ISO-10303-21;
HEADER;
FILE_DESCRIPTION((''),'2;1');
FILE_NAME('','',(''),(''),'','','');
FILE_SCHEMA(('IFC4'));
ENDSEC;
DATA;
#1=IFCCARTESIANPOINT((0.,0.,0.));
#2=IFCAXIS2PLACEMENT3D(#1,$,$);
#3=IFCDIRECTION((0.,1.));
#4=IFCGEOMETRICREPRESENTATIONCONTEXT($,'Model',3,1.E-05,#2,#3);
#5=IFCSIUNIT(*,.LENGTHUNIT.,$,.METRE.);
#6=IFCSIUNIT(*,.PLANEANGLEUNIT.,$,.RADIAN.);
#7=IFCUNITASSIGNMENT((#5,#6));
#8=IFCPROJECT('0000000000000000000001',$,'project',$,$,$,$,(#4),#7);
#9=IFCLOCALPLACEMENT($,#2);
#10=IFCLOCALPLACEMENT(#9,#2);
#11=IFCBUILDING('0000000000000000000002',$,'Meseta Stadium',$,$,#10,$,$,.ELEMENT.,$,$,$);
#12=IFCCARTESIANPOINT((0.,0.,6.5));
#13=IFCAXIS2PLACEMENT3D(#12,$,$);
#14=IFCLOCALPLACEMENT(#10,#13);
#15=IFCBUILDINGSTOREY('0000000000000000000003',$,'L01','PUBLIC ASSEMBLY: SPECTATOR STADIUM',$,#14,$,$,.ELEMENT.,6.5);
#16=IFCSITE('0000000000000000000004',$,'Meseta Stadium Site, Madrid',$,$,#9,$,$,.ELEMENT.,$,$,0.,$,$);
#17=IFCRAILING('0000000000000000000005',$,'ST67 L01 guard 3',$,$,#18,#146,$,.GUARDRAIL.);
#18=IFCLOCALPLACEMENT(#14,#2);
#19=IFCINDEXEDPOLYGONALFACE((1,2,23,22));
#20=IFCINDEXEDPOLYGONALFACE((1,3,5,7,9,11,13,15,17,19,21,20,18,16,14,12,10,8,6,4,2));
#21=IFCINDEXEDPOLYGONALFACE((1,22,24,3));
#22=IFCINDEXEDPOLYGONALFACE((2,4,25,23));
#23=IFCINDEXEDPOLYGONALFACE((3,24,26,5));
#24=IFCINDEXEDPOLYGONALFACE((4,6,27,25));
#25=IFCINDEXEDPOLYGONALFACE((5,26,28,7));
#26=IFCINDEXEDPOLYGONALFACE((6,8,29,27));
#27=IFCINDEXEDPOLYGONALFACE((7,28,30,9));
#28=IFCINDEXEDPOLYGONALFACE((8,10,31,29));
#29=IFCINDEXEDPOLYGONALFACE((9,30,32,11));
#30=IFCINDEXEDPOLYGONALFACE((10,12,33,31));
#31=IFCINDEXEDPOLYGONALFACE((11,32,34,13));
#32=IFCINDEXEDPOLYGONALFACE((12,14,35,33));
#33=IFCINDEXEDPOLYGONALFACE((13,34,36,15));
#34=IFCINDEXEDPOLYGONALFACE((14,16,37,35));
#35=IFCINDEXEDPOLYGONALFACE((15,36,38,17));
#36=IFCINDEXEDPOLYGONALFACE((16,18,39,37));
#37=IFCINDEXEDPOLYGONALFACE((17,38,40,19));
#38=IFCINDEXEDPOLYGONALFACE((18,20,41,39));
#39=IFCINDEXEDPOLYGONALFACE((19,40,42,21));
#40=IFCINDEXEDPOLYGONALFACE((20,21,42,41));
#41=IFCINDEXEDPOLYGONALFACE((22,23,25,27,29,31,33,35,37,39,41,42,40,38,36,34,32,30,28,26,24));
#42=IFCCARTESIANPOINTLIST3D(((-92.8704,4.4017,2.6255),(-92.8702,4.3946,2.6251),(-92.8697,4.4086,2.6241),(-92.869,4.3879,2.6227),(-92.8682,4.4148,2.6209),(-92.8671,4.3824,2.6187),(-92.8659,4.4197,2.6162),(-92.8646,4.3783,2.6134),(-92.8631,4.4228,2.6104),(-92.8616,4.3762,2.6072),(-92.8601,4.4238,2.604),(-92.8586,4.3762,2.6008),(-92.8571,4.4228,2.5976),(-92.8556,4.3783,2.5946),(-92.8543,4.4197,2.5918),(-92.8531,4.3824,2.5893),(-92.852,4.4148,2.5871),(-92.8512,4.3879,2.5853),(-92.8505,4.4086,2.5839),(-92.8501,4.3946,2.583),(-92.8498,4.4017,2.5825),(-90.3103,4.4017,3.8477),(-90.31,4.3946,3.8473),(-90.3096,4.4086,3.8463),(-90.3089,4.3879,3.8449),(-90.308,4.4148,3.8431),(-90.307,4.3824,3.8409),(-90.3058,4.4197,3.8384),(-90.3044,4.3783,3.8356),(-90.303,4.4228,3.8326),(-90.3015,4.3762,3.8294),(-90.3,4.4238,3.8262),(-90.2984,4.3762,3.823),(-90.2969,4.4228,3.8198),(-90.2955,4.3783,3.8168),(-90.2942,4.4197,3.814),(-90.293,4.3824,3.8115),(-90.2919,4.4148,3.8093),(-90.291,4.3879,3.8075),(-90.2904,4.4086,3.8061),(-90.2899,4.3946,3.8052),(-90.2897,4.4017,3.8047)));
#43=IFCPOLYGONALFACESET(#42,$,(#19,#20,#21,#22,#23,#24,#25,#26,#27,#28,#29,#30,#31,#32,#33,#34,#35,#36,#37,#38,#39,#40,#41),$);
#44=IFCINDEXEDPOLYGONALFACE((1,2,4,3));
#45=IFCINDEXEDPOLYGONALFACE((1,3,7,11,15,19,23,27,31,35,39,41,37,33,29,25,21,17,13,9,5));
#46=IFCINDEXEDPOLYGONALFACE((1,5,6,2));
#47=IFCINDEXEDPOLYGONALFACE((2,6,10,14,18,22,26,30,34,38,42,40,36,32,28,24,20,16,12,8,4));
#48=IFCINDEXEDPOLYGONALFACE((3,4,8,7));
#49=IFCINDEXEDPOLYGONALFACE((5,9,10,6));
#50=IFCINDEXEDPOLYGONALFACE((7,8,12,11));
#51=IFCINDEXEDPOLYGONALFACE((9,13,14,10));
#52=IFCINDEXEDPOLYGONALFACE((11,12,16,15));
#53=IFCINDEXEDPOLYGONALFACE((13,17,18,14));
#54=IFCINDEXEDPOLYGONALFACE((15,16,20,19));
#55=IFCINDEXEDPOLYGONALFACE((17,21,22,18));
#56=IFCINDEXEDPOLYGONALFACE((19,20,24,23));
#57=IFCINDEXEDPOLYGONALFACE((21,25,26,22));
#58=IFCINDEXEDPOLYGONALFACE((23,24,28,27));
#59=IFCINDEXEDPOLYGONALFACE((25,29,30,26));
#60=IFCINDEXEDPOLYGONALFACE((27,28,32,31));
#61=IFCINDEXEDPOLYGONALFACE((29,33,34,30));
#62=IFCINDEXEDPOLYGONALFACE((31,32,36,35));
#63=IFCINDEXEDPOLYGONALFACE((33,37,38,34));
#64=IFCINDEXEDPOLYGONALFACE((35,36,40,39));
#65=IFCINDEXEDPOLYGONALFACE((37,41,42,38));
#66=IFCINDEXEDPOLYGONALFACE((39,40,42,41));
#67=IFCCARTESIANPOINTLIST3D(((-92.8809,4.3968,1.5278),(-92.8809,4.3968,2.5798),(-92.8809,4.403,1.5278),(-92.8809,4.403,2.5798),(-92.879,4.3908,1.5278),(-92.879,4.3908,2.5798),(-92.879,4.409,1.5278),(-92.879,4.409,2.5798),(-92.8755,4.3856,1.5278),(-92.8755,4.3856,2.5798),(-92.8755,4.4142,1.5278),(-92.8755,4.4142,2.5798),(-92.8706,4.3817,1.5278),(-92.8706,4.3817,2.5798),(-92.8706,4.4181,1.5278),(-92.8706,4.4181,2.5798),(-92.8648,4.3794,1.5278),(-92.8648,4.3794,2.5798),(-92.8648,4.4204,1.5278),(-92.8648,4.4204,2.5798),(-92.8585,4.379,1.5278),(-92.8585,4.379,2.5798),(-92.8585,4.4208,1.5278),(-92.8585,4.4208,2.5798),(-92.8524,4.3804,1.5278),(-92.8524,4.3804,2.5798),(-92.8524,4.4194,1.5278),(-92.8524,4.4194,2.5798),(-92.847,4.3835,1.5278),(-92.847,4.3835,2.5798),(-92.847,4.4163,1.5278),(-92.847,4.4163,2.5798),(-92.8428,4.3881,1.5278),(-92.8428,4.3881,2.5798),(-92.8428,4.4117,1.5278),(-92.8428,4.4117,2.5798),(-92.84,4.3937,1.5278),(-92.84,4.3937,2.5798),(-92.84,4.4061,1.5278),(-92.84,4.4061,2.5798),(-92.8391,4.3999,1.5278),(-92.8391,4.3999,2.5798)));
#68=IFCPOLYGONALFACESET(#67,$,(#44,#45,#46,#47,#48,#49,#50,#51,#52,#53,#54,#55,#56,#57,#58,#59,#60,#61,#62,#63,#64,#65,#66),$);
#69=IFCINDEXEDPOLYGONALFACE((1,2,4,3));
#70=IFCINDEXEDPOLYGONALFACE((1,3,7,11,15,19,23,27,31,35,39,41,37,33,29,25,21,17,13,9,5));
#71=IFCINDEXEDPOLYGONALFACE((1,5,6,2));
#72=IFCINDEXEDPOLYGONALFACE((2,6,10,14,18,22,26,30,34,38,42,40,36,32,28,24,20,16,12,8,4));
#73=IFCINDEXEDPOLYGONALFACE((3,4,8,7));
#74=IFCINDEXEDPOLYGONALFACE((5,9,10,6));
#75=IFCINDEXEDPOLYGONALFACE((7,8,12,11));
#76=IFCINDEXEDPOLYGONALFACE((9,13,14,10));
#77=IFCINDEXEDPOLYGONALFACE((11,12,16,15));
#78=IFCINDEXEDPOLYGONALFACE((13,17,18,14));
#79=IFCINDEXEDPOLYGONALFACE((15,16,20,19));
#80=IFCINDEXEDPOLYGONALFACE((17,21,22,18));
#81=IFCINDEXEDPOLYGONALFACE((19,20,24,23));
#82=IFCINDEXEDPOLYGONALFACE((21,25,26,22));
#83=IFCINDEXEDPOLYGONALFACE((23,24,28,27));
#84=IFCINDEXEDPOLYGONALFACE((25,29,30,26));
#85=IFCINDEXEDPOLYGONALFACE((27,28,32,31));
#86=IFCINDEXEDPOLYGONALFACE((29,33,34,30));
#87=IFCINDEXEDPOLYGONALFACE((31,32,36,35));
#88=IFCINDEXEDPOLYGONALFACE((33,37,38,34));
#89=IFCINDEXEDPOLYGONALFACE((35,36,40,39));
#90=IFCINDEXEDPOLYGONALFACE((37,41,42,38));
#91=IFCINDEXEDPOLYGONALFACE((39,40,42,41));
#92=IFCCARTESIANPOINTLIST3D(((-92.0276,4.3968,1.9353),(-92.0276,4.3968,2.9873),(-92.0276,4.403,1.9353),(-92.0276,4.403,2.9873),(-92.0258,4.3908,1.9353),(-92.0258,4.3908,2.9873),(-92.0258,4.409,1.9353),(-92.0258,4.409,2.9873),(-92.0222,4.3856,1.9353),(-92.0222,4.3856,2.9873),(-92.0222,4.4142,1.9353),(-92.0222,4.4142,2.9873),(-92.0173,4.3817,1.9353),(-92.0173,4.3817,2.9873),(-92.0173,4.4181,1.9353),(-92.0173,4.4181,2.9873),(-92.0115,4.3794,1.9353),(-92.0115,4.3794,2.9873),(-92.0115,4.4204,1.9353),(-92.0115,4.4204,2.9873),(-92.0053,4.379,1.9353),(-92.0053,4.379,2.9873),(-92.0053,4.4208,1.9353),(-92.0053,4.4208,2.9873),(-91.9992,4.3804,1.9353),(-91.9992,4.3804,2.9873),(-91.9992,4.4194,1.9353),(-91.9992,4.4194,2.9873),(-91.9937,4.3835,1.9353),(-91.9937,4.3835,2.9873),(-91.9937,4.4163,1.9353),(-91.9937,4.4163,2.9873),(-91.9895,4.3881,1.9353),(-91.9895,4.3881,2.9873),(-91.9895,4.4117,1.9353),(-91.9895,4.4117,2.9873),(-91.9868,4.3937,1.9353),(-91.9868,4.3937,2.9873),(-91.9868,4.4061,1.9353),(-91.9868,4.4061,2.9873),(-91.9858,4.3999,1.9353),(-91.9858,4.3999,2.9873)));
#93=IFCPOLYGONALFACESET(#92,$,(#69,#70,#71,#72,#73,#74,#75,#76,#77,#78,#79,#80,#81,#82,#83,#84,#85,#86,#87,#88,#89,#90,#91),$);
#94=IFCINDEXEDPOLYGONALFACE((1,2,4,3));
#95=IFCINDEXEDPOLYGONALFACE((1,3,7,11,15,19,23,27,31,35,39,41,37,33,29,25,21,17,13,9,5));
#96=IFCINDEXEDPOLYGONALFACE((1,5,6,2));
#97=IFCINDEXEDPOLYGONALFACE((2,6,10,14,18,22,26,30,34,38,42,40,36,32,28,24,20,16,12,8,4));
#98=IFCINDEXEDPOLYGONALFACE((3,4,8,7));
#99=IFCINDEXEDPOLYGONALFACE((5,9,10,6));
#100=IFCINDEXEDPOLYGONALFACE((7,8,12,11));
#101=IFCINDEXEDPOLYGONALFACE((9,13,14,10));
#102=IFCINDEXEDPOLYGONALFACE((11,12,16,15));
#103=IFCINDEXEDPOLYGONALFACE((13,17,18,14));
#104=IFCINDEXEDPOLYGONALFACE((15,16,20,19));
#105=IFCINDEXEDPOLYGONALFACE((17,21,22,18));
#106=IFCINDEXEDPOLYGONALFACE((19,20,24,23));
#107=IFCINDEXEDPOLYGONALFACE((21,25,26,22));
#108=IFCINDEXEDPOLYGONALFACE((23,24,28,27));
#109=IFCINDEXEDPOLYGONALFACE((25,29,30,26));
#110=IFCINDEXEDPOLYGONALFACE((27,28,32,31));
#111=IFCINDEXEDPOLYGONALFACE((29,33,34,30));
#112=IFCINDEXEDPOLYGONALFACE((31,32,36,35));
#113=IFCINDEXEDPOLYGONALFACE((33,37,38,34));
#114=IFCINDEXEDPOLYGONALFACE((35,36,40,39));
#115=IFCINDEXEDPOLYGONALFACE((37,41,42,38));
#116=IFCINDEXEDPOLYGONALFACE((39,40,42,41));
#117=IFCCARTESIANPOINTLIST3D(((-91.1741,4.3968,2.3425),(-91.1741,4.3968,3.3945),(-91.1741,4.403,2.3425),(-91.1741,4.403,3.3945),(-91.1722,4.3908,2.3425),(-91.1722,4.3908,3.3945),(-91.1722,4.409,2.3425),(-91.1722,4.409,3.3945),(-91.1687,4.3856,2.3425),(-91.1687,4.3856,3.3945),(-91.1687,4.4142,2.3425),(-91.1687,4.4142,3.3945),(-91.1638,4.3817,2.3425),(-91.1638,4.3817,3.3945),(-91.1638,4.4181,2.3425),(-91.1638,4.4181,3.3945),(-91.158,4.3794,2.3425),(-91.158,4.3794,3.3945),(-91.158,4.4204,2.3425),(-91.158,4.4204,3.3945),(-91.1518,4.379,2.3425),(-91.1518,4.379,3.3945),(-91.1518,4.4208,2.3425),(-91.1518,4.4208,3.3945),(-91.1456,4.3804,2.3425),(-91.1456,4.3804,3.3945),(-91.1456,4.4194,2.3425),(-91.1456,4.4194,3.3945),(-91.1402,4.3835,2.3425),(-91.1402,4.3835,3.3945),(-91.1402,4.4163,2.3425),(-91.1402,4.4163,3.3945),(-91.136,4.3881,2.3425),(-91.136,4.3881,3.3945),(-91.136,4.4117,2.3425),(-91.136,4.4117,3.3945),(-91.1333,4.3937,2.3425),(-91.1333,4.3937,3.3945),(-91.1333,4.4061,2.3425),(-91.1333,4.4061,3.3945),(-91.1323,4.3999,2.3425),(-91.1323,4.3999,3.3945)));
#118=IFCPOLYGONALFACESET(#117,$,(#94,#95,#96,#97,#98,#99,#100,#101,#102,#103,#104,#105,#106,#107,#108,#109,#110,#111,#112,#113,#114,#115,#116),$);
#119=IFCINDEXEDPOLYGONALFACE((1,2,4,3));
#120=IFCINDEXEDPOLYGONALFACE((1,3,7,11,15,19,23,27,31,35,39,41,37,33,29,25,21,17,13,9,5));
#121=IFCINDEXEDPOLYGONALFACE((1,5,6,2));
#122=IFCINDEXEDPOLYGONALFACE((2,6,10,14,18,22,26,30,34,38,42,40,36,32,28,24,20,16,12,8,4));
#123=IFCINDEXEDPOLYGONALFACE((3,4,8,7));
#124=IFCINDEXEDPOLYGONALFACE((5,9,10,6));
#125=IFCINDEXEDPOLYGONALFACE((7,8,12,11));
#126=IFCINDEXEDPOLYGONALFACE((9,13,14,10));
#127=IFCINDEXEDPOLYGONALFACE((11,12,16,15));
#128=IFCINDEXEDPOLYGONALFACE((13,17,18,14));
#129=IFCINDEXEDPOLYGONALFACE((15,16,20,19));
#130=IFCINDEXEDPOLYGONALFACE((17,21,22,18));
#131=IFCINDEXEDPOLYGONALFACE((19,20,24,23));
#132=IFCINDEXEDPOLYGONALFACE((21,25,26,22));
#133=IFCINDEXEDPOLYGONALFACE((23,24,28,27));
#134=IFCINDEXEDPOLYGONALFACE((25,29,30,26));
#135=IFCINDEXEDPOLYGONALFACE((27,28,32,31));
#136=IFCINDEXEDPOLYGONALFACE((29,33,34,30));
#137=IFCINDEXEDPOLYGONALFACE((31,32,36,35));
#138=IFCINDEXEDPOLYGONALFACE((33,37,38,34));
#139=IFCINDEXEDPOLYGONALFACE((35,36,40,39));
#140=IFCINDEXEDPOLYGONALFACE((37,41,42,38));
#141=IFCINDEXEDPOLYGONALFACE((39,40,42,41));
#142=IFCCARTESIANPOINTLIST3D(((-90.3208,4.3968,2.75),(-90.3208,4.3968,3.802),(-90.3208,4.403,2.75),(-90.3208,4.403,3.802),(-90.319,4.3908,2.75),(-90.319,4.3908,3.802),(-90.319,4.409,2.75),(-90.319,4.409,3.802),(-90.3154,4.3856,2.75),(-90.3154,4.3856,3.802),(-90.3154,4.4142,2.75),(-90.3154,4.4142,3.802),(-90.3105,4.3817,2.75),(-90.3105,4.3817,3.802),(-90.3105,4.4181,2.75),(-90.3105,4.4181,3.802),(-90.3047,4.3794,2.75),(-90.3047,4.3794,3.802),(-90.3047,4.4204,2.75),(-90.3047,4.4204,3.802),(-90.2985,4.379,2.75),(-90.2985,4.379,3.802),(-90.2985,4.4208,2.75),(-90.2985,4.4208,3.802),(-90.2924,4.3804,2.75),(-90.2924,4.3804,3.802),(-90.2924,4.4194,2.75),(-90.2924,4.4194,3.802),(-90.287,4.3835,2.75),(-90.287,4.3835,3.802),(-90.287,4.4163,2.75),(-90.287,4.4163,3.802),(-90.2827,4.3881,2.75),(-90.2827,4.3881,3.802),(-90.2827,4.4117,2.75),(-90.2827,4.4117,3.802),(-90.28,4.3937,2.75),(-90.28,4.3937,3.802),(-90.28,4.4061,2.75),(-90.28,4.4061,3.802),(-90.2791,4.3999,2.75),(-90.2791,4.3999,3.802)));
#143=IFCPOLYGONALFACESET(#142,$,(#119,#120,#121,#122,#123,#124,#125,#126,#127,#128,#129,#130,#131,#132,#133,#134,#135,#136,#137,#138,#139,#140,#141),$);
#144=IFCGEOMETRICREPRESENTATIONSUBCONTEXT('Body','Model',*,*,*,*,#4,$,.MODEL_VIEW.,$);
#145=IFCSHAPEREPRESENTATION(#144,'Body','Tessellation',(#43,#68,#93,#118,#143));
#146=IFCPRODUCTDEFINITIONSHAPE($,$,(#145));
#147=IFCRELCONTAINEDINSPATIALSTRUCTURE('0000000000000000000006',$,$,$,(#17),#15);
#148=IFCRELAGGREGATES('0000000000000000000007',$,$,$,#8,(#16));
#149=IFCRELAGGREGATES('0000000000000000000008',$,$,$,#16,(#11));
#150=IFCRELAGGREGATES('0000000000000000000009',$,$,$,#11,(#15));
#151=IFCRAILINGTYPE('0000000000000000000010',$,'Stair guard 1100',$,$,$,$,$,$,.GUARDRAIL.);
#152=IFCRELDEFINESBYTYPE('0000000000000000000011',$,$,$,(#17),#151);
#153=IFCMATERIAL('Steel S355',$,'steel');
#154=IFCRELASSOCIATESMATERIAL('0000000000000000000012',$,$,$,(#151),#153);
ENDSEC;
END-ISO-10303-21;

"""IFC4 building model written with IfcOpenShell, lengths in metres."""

from ifc_helpers import new_model, si_unit, direction, frame, origin, origin_2d, place, context, subcontext, project, spatial, circle, extrude, material, type_object, element, save


model = new_model("IFC4")

# Units and contexts
model_context = context("Model", 3, precision=1e-05, world=origin(), true_north=direction((0.0, 1.0)))
body_context = subcontext(model_context, "Body", "Model", "MODEL_VIEW")
ifc_project = project(units=[si_unit("LENGTHUNIT", "METRE"), si_unit("PLANEANGLEUNIT", "RADIAN")], contexts=[model_context])

# Site, building, storey
site_placement = place(None, origin())
site = spatial("IfcSite", under=ifc_project, at=site_placement, Name="Meseta Stadium Site, Madrid", CompositionType="ELEMENT", RefElevation=0.0)
building_placement = place(site_placement, origin())
building = spatial("IfcBuilding", under=site, at=building_placement, Name="Meseta Stadium", CompositionType="ELEMENT")
storey_placement = place(building_placement, frame((0.0, 0.0, 6.5)))
storey = spatial("IfcBuildingStorey", under=building, at=storey_placement, Name="L01", Description="PUBLIC ASSEMBLY: SPECTATOR STADIUM", CompositionType="ELEMENT", Elevation=6.5)

# Railing
ifc_material_1 = material(Name="Steel S355", Category="steel")
railing_type_1 = type_object("IfcRailingType", Name="Stair guard 1100", PredefinedType="GUARDRAIL", material=ifc_material_1)
railing_1_placement = place(storey_placement, frame((-92.8601, 4.3999, 1.5278)))
element("IfcRailing", 1, at=railing_1_placement, inside=storey, type_object=railing_type_1, Name="ST67 L01 guard 3", PredefinedType="GUARDRAIL", context=body_context, shape_type="SweptSolid", body=[
    extrude(circle(Radius=0.0239, at=origin_2d()), frame((0.0, 0.0, 1.0762), z_axis=(0.902437, 0.0, 0.430822), x_axis=(0.0, 1.0, 0.0)), (0.0, 0.0, 1.0), 2.8369),
    extrude(circle(Radius=0.021, at=origin_2d()), origin(), (0.0, 0.0, 1.0), 1.052),
    extrude(circle(Radius=0.021, at=origin_2d()), frame((0.8533, 0.0, 0.4075)), (0.0, 0.0, 1.0), 1.052),
    extrude(circle(Radius=0.021, at=origin_2d()), frame((1.7068, 0.0, 0.8147)), (0.0, 0.0, 1.0), 1.052),
    extrude(circle(Radius=0.021, at=origin_2d()), frame((2.5601, 0.0, 1.2222)), (0.0, 0.0, 1.0), 1.052),
])

save(model, "model.ifc")
